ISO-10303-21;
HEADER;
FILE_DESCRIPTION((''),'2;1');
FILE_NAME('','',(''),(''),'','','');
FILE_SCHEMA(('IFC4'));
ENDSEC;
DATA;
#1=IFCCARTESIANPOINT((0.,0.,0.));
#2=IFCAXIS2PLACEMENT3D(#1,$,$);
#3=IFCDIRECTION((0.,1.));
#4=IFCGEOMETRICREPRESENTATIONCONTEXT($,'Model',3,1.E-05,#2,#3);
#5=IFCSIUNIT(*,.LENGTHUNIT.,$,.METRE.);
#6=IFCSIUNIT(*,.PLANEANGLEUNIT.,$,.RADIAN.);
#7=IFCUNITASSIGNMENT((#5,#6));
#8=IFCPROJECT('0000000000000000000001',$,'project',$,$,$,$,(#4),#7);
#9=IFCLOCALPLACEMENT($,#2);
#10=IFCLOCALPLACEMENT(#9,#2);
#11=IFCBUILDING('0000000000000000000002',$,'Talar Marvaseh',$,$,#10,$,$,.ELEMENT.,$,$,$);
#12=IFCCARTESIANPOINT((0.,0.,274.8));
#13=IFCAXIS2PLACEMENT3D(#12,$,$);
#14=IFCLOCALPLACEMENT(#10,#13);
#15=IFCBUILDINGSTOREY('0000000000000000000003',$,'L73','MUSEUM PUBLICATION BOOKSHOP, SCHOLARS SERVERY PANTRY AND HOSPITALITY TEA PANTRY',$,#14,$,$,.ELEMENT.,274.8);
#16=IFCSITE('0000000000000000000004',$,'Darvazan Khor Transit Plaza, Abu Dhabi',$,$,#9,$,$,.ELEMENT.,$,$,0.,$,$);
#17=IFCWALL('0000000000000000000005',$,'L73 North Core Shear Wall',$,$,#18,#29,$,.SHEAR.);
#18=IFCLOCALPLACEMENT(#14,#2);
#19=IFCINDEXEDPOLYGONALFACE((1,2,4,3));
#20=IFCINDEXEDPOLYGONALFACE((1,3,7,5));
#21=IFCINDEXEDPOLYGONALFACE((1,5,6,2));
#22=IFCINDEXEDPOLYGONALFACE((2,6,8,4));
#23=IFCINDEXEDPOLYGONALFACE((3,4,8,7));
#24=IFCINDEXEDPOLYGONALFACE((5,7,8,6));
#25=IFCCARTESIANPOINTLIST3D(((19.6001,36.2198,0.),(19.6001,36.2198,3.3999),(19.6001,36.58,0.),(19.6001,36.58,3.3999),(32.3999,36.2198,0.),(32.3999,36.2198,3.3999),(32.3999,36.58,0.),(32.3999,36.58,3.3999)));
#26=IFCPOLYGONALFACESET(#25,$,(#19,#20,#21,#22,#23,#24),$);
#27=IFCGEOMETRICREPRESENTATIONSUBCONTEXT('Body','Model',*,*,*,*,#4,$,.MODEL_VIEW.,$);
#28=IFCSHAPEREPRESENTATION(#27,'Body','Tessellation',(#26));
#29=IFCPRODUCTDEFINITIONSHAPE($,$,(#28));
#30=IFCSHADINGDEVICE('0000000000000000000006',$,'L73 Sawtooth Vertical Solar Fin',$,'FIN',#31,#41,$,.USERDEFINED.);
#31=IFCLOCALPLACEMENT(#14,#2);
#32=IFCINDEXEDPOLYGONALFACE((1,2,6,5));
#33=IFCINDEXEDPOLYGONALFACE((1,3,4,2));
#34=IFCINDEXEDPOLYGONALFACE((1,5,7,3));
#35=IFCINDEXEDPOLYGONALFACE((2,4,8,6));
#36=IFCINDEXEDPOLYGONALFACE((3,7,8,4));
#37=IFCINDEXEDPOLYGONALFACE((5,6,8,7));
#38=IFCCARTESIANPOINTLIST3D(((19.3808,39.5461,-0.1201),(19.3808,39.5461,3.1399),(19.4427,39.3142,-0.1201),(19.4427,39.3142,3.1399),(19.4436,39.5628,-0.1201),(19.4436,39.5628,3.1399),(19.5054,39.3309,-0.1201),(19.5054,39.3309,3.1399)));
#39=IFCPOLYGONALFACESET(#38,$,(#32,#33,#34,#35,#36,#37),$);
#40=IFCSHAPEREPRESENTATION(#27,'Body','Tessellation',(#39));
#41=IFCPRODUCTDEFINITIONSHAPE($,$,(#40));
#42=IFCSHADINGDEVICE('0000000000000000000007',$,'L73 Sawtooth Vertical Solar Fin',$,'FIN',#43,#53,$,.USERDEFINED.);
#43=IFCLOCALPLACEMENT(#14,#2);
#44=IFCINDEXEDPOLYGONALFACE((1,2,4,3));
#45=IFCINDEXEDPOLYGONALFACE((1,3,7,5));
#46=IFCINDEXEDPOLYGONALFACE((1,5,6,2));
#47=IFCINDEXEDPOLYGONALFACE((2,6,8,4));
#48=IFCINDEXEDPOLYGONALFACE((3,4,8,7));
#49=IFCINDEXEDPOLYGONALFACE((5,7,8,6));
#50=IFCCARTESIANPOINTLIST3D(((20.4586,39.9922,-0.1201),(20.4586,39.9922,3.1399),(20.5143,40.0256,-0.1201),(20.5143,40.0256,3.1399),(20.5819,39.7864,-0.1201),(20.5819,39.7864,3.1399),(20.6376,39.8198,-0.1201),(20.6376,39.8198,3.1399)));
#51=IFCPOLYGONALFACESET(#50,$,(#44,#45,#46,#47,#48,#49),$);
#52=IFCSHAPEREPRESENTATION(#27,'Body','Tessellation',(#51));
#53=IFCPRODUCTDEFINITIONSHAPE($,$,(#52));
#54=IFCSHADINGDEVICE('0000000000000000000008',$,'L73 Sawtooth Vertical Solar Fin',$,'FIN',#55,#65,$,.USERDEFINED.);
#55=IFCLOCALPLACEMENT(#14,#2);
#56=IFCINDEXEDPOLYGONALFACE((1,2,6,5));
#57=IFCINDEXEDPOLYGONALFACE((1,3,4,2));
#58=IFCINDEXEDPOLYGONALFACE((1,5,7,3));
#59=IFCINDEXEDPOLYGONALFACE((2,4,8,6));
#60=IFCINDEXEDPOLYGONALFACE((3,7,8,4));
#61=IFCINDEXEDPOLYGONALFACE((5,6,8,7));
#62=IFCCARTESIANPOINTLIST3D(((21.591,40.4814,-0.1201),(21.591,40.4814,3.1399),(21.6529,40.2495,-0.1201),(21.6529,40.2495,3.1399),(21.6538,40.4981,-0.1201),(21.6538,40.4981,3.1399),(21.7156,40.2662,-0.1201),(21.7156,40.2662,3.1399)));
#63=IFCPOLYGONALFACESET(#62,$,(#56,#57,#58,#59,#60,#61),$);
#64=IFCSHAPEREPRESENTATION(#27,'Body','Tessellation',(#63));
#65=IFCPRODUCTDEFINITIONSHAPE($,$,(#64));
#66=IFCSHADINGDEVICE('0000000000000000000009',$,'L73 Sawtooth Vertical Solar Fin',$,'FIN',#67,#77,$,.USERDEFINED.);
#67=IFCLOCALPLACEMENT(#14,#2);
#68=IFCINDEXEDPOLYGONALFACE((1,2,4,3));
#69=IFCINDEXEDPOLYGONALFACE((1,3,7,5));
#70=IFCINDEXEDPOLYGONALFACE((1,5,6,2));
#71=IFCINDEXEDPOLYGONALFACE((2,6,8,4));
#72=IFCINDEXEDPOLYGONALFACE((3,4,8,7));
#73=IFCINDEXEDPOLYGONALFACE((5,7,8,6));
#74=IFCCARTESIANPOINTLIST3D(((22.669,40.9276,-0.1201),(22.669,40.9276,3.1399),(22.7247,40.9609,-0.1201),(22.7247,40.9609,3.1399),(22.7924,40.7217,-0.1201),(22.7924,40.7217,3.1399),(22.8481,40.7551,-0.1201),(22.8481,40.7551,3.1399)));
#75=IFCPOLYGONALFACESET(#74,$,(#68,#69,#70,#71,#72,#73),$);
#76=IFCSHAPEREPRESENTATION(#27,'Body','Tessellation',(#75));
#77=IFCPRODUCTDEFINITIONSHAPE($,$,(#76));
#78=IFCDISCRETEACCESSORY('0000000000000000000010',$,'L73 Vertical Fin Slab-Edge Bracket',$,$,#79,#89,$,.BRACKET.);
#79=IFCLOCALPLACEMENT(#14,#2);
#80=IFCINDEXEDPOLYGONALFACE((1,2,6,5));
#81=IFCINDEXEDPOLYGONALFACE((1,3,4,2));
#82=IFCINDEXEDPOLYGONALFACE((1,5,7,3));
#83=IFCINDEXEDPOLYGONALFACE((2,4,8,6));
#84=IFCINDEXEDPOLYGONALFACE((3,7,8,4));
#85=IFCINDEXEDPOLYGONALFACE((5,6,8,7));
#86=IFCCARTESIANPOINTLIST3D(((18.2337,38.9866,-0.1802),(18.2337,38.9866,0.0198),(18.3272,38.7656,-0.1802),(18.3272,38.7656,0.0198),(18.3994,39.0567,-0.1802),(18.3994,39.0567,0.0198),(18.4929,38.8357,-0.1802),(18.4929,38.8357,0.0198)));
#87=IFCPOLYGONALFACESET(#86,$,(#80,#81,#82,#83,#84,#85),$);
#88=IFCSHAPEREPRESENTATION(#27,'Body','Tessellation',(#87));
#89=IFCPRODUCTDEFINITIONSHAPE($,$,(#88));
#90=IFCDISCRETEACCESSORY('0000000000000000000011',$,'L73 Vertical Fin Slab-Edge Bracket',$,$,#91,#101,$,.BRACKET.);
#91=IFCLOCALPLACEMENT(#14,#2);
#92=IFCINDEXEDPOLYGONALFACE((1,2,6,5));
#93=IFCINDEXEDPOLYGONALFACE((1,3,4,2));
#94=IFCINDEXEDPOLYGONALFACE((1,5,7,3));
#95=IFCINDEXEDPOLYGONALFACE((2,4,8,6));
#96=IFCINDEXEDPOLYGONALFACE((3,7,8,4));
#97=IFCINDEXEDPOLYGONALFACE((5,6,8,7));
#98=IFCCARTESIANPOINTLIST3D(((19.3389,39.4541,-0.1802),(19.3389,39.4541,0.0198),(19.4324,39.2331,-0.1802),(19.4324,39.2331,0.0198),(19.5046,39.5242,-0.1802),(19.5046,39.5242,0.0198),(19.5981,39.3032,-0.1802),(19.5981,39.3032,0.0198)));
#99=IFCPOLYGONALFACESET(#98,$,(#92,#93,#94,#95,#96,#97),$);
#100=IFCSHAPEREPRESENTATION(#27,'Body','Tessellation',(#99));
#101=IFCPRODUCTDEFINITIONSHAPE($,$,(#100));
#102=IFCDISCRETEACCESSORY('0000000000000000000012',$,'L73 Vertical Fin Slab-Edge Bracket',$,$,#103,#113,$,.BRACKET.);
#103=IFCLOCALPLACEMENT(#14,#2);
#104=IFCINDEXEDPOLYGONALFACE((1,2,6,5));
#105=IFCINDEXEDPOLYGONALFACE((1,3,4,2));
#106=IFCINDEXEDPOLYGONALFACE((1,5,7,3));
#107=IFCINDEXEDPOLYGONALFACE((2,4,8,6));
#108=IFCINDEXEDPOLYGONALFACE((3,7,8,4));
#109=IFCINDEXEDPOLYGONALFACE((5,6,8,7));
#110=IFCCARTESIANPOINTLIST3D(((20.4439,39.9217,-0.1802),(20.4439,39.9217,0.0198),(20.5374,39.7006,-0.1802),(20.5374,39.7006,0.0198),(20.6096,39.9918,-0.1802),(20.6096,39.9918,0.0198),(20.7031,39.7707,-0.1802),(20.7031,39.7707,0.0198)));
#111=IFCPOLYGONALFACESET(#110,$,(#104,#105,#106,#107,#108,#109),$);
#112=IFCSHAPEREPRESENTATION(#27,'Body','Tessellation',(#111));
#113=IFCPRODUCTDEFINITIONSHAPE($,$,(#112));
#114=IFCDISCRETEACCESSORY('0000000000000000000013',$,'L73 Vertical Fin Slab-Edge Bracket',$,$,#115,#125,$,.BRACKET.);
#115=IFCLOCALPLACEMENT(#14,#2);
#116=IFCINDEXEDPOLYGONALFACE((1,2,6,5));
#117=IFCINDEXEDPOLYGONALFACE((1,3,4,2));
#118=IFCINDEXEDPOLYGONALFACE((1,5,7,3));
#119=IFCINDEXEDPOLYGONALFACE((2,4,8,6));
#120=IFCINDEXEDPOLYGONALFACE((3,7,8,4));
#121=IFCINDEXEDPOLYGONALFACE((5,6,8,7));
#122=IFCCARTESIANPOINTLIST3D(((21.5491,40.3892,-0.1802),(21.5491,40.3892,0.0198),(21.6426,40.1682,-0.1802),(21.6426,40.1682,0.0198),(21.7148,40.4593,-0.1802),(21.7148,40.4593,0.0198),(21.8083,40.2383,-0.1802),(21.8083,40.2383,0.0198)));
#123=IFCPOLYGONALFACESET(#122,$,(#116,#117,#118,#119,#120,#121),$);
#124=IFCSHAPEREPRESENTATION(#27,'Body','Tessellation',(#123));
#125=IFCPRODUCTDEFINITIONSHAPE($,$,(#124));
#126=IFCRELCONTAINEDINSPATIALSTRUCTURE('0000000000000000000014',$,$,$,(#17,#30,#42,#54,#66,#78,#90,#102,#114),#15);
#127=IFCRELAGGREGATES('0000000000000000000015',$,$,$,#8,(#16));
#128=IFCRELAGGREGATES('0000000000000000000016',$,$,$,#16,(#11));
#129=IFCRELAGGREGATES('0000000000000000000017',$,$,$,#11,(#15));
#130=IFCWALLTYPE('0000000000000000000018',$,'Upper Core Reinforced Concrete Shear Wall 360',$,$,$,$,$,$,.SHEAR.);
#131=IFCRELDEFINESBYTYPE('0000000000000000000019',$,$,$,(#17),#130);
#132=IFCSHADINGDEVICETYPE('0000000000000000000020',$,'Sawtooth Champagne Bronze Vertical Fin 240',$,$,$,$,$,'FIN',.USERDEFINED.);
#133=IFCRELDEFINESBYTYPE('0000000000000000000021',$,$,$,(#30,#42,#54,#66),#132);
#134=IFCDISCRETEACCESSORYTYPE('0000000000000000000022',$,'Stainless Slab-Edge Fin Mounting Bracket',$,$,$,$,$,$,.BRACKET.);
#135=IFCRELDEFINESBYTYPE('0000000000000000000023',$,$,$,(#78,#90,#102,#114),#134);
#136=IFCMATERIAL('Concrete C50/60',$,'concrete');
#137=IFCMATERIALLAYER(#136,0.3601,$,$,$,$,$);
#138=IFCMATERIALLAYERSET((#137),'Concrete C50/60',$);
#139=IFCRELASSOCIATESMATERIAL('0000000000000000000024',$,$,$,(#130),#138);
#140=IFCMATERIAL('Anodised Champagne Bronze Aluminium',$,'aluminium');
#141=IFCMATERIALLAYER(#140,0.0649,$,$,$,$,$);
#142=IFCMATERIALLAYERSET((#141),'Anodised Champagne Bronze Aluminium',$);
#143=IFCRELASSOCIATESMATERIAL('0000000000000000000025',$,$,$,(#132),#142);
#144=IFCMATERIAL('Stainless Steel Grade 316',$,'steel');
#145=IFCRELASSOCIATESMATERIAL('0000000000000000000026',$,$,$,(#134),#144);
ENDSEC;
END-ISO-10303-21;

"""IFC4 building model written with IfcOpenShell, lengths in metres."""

from ifc_helpers import new_model, si_unit, direction, frame, frame_2d, origin, origin_2d, place, context, subcontext, project, spatial, rectangle, extrude, source, transform, mapped, material, layer, layer_set, type_object, type_shapes, element, save


model = new_model("IFC4")

# Units and contexts
model_context = context("Model", 3, precision=1e-05, world=origin(), true_north=direction((0.0, 1.0)))
body_context = subcontext(model_context, "Body", "Model", "MODEL_VIEW")
ifc_project = project(units=[si_unit("LENGTHUNIT", "METRE"), si_unit("PLANEANGLEUNIT", "RADIAN")], contexts=[model_context])

# Site, building, storey
site_placement = place(None, origin())
site = spatial("IfcSite", under=ifc_project, at=site_placement, Name="Darvazan Khor Transit Plaza, Abu Dhabi", CompositionType="ELEMENT", RefElevation=0.0)
building_placement = place(site_placement, origin())
building = spatial("IfcBuilding", under=site, at=building_placement, Name="Talar Marvaseh", CompositionType="ELEMENT")
storey_placement = place(building_placement, frame((0.0, 0.0, 274.8)))
storey = spatial("IfcBuildingStorey", under=building, at=storey_placement, Name="L73", Description="MUSEUM PUBLICATION BOOKSHOP, SCHOLARS SERVERY PANTRY AND HOSPITALITY TEA PANTRY", CompositionType="ELEMENT", Elevation=274.8)

# Shared definitions
ifc_material_1 = material(Name="Concrete C50/60", Category="concrete")

# Wall
ifc_layer_1 = layer(ifc_material_1, 0.3601)
ifc_layer_set_1 = layer_set([ifc_layer_1], Name="Concrete C50/60")
wall_type_1 = type_object("IfcWallType", Name="Upper Core Reinforced Concrete Shear Wall 360", PredefinedType="SHEAR", material=ifc_layer_set_1)
wall_1_placement = place(storey_placement, frame((19.6001, 36.3999, 0.0), z_axis=(0.0, 0.0, 1.0), x_axis=(1.0, 0.0, 0.0)))
element("IfcWall", 1, at=wall_1_placement, inside=storey, type_object=wall_type_1, Name="L73 North Core Shear Wall", PredefinedType="SHEAR", context=body_context, shape_type="SweptSolid", body=[
    extrude(rectangle(XDim=12.7998, YDim=0.3601, at=frame_2d((6.3999, 0.0))), origin(), (0.0, 0.0, 1.0), 3.3999),
])

# Shading devices
ifc_material_2 = material(Name="Anodised Champagne Bronze Aluminium", Category="aluminium")
ifc_layer_2 = layer(ifc_material_2, 0.0649)
ifc_layer_set_2 = layer_set([ifc_layer_2], Name="Anodised Champagne Bronze Aluminium")
shading_device_type = type_object("IfcShadingDeviceType", Name="Sawtooth Champagne Bronze Vertical Fin 240", ElementType="FIN", PredefinedType="USERDEFINED", material=ifc_layer_set_2)
shared_shape_1 = source(origin(), body_context, "Body", "SweptSolid", [
    extrude(rectangle(XDim=0.24, YDim=0.0649, at=origin_2d()), origin(), (0.0, 0.0, 1.0), 3.26),
])
type_shapes(shading_device_type, [shared_shape_1])
for number, where, z_axis, x_axis, name in (
    (2, (19.4431, 39.4385, -0.1201), (0.0, 0.0, 1.0), (-0.257639, 0.966241, 0.0), "L73 Sawtooth Vertical Solar Fin"),
    (3, (20.5481, 39.906, -0.1201), (0.0, 0.0, 1.0), (-0.51399, 0.857796, 0.0), "L73 Sawtooth Vertical Solar Fin"),
    (4, (21.6533, 40.3738, -0.1201), (0.0, 0.0, 1.0), (-0.257639, 0.966241, 0.0), "L73 Sawtooth Vertical Solar Fin"),
    (5, (22.7585, 40.8413, -0.1201), (0.0, 0.0, 1.0), (-0.51399, 0.857796, 0.0), "L73 Sawtooth Vertical Solar Fin"),
):
    element("IfcShadingDevice", number, at=place(storey_placement, frame(where, z_axis=z_axis, x_axis=x_axis)), inside=storey, type_object=shading_device_type, Name=name, ObjectType="FIN", PredefinedType="USERDEFINED", context=body_context, shape_type="MappedRepresentation", body=[
        mapped(shared_shape_1, transform((0.0, 0.0, 0.0), x_axis=(1.0, 0.0, 0.0), y_axis=(0.0, 1.0, 0.0), z_axis=(0.0, 0.0, 1.0), scale=1.0)),
    ])

# Discrete accessories
ifc_material_3 = material(Name="Stainless Steel Grade 316", Category="steel")
discrete_accessory_type = type_object("IfcDiscreteAccessoryType", Name="Stainless Slab-Edge Fin Mounting Bracket", PredefinedType="BRACKET", material=ifc_material_3)
shared_shape_2 = source(origin(), body_context, "Body", "SweptSolid", [
    extrude(rectangle(XDim=0.24, YDim=0.1799, at=origin_2d()), origin(), (0.0, 0.0, 1.0), 0.2),
])
type_shapes(discrete_accessory_type, [shared_shape_2])
for number, where, z_axis, x_axis, name in (
    (6, (18.3633, 38.9111, -0.1802), (0.0, 0.0, 1.0), (-0.389606, 0.920982, 0.0), "L73 Vertical Fin Slab-Edge Bracket"),
    (7, (19.4685, 39.3787, -0.1802), (0.0, 0.0, 1.0), (-0.389606, 0.920982, 0.0), "L73 Vertical Fin Slab-Edge Bracket"),
    (8, (20.5735, 39.8462, -0.1802), (0.0, 0.0, 1.0), (-0.389606, 0.920982, 0.0), "L73 Vertical Fin Slab-Edge Bracket"),
    (9, (21.6787, 40.3137, -0.1802), (0.0, 0.0, 1.0), (-0.389606, 0.920982, 0.0), "L73 Vertical Fin Slab-Edge Bracket"),
):
    element("IfcDiscreteAccessory", number, at=place(storey_placement, frame(where, z_axis=z_axis, x_axis=x_axis)), inside=storey, type_object=discrete_accessory_type, Name=name, PredefinedType="BRACKET", context=body_context, shape_type="MappedRepresentation", body=[
        mapped(shared_shape_2, transform((0.0, 0.0, 0.0), x_axis=(1.0, 0.0, 0.0), y_axis=(0.0, 1.0, 0.0), z_axis=(0.0, 0.0, 1.0), scale=1.0)),
    ])

save(model, "model.ifc")
